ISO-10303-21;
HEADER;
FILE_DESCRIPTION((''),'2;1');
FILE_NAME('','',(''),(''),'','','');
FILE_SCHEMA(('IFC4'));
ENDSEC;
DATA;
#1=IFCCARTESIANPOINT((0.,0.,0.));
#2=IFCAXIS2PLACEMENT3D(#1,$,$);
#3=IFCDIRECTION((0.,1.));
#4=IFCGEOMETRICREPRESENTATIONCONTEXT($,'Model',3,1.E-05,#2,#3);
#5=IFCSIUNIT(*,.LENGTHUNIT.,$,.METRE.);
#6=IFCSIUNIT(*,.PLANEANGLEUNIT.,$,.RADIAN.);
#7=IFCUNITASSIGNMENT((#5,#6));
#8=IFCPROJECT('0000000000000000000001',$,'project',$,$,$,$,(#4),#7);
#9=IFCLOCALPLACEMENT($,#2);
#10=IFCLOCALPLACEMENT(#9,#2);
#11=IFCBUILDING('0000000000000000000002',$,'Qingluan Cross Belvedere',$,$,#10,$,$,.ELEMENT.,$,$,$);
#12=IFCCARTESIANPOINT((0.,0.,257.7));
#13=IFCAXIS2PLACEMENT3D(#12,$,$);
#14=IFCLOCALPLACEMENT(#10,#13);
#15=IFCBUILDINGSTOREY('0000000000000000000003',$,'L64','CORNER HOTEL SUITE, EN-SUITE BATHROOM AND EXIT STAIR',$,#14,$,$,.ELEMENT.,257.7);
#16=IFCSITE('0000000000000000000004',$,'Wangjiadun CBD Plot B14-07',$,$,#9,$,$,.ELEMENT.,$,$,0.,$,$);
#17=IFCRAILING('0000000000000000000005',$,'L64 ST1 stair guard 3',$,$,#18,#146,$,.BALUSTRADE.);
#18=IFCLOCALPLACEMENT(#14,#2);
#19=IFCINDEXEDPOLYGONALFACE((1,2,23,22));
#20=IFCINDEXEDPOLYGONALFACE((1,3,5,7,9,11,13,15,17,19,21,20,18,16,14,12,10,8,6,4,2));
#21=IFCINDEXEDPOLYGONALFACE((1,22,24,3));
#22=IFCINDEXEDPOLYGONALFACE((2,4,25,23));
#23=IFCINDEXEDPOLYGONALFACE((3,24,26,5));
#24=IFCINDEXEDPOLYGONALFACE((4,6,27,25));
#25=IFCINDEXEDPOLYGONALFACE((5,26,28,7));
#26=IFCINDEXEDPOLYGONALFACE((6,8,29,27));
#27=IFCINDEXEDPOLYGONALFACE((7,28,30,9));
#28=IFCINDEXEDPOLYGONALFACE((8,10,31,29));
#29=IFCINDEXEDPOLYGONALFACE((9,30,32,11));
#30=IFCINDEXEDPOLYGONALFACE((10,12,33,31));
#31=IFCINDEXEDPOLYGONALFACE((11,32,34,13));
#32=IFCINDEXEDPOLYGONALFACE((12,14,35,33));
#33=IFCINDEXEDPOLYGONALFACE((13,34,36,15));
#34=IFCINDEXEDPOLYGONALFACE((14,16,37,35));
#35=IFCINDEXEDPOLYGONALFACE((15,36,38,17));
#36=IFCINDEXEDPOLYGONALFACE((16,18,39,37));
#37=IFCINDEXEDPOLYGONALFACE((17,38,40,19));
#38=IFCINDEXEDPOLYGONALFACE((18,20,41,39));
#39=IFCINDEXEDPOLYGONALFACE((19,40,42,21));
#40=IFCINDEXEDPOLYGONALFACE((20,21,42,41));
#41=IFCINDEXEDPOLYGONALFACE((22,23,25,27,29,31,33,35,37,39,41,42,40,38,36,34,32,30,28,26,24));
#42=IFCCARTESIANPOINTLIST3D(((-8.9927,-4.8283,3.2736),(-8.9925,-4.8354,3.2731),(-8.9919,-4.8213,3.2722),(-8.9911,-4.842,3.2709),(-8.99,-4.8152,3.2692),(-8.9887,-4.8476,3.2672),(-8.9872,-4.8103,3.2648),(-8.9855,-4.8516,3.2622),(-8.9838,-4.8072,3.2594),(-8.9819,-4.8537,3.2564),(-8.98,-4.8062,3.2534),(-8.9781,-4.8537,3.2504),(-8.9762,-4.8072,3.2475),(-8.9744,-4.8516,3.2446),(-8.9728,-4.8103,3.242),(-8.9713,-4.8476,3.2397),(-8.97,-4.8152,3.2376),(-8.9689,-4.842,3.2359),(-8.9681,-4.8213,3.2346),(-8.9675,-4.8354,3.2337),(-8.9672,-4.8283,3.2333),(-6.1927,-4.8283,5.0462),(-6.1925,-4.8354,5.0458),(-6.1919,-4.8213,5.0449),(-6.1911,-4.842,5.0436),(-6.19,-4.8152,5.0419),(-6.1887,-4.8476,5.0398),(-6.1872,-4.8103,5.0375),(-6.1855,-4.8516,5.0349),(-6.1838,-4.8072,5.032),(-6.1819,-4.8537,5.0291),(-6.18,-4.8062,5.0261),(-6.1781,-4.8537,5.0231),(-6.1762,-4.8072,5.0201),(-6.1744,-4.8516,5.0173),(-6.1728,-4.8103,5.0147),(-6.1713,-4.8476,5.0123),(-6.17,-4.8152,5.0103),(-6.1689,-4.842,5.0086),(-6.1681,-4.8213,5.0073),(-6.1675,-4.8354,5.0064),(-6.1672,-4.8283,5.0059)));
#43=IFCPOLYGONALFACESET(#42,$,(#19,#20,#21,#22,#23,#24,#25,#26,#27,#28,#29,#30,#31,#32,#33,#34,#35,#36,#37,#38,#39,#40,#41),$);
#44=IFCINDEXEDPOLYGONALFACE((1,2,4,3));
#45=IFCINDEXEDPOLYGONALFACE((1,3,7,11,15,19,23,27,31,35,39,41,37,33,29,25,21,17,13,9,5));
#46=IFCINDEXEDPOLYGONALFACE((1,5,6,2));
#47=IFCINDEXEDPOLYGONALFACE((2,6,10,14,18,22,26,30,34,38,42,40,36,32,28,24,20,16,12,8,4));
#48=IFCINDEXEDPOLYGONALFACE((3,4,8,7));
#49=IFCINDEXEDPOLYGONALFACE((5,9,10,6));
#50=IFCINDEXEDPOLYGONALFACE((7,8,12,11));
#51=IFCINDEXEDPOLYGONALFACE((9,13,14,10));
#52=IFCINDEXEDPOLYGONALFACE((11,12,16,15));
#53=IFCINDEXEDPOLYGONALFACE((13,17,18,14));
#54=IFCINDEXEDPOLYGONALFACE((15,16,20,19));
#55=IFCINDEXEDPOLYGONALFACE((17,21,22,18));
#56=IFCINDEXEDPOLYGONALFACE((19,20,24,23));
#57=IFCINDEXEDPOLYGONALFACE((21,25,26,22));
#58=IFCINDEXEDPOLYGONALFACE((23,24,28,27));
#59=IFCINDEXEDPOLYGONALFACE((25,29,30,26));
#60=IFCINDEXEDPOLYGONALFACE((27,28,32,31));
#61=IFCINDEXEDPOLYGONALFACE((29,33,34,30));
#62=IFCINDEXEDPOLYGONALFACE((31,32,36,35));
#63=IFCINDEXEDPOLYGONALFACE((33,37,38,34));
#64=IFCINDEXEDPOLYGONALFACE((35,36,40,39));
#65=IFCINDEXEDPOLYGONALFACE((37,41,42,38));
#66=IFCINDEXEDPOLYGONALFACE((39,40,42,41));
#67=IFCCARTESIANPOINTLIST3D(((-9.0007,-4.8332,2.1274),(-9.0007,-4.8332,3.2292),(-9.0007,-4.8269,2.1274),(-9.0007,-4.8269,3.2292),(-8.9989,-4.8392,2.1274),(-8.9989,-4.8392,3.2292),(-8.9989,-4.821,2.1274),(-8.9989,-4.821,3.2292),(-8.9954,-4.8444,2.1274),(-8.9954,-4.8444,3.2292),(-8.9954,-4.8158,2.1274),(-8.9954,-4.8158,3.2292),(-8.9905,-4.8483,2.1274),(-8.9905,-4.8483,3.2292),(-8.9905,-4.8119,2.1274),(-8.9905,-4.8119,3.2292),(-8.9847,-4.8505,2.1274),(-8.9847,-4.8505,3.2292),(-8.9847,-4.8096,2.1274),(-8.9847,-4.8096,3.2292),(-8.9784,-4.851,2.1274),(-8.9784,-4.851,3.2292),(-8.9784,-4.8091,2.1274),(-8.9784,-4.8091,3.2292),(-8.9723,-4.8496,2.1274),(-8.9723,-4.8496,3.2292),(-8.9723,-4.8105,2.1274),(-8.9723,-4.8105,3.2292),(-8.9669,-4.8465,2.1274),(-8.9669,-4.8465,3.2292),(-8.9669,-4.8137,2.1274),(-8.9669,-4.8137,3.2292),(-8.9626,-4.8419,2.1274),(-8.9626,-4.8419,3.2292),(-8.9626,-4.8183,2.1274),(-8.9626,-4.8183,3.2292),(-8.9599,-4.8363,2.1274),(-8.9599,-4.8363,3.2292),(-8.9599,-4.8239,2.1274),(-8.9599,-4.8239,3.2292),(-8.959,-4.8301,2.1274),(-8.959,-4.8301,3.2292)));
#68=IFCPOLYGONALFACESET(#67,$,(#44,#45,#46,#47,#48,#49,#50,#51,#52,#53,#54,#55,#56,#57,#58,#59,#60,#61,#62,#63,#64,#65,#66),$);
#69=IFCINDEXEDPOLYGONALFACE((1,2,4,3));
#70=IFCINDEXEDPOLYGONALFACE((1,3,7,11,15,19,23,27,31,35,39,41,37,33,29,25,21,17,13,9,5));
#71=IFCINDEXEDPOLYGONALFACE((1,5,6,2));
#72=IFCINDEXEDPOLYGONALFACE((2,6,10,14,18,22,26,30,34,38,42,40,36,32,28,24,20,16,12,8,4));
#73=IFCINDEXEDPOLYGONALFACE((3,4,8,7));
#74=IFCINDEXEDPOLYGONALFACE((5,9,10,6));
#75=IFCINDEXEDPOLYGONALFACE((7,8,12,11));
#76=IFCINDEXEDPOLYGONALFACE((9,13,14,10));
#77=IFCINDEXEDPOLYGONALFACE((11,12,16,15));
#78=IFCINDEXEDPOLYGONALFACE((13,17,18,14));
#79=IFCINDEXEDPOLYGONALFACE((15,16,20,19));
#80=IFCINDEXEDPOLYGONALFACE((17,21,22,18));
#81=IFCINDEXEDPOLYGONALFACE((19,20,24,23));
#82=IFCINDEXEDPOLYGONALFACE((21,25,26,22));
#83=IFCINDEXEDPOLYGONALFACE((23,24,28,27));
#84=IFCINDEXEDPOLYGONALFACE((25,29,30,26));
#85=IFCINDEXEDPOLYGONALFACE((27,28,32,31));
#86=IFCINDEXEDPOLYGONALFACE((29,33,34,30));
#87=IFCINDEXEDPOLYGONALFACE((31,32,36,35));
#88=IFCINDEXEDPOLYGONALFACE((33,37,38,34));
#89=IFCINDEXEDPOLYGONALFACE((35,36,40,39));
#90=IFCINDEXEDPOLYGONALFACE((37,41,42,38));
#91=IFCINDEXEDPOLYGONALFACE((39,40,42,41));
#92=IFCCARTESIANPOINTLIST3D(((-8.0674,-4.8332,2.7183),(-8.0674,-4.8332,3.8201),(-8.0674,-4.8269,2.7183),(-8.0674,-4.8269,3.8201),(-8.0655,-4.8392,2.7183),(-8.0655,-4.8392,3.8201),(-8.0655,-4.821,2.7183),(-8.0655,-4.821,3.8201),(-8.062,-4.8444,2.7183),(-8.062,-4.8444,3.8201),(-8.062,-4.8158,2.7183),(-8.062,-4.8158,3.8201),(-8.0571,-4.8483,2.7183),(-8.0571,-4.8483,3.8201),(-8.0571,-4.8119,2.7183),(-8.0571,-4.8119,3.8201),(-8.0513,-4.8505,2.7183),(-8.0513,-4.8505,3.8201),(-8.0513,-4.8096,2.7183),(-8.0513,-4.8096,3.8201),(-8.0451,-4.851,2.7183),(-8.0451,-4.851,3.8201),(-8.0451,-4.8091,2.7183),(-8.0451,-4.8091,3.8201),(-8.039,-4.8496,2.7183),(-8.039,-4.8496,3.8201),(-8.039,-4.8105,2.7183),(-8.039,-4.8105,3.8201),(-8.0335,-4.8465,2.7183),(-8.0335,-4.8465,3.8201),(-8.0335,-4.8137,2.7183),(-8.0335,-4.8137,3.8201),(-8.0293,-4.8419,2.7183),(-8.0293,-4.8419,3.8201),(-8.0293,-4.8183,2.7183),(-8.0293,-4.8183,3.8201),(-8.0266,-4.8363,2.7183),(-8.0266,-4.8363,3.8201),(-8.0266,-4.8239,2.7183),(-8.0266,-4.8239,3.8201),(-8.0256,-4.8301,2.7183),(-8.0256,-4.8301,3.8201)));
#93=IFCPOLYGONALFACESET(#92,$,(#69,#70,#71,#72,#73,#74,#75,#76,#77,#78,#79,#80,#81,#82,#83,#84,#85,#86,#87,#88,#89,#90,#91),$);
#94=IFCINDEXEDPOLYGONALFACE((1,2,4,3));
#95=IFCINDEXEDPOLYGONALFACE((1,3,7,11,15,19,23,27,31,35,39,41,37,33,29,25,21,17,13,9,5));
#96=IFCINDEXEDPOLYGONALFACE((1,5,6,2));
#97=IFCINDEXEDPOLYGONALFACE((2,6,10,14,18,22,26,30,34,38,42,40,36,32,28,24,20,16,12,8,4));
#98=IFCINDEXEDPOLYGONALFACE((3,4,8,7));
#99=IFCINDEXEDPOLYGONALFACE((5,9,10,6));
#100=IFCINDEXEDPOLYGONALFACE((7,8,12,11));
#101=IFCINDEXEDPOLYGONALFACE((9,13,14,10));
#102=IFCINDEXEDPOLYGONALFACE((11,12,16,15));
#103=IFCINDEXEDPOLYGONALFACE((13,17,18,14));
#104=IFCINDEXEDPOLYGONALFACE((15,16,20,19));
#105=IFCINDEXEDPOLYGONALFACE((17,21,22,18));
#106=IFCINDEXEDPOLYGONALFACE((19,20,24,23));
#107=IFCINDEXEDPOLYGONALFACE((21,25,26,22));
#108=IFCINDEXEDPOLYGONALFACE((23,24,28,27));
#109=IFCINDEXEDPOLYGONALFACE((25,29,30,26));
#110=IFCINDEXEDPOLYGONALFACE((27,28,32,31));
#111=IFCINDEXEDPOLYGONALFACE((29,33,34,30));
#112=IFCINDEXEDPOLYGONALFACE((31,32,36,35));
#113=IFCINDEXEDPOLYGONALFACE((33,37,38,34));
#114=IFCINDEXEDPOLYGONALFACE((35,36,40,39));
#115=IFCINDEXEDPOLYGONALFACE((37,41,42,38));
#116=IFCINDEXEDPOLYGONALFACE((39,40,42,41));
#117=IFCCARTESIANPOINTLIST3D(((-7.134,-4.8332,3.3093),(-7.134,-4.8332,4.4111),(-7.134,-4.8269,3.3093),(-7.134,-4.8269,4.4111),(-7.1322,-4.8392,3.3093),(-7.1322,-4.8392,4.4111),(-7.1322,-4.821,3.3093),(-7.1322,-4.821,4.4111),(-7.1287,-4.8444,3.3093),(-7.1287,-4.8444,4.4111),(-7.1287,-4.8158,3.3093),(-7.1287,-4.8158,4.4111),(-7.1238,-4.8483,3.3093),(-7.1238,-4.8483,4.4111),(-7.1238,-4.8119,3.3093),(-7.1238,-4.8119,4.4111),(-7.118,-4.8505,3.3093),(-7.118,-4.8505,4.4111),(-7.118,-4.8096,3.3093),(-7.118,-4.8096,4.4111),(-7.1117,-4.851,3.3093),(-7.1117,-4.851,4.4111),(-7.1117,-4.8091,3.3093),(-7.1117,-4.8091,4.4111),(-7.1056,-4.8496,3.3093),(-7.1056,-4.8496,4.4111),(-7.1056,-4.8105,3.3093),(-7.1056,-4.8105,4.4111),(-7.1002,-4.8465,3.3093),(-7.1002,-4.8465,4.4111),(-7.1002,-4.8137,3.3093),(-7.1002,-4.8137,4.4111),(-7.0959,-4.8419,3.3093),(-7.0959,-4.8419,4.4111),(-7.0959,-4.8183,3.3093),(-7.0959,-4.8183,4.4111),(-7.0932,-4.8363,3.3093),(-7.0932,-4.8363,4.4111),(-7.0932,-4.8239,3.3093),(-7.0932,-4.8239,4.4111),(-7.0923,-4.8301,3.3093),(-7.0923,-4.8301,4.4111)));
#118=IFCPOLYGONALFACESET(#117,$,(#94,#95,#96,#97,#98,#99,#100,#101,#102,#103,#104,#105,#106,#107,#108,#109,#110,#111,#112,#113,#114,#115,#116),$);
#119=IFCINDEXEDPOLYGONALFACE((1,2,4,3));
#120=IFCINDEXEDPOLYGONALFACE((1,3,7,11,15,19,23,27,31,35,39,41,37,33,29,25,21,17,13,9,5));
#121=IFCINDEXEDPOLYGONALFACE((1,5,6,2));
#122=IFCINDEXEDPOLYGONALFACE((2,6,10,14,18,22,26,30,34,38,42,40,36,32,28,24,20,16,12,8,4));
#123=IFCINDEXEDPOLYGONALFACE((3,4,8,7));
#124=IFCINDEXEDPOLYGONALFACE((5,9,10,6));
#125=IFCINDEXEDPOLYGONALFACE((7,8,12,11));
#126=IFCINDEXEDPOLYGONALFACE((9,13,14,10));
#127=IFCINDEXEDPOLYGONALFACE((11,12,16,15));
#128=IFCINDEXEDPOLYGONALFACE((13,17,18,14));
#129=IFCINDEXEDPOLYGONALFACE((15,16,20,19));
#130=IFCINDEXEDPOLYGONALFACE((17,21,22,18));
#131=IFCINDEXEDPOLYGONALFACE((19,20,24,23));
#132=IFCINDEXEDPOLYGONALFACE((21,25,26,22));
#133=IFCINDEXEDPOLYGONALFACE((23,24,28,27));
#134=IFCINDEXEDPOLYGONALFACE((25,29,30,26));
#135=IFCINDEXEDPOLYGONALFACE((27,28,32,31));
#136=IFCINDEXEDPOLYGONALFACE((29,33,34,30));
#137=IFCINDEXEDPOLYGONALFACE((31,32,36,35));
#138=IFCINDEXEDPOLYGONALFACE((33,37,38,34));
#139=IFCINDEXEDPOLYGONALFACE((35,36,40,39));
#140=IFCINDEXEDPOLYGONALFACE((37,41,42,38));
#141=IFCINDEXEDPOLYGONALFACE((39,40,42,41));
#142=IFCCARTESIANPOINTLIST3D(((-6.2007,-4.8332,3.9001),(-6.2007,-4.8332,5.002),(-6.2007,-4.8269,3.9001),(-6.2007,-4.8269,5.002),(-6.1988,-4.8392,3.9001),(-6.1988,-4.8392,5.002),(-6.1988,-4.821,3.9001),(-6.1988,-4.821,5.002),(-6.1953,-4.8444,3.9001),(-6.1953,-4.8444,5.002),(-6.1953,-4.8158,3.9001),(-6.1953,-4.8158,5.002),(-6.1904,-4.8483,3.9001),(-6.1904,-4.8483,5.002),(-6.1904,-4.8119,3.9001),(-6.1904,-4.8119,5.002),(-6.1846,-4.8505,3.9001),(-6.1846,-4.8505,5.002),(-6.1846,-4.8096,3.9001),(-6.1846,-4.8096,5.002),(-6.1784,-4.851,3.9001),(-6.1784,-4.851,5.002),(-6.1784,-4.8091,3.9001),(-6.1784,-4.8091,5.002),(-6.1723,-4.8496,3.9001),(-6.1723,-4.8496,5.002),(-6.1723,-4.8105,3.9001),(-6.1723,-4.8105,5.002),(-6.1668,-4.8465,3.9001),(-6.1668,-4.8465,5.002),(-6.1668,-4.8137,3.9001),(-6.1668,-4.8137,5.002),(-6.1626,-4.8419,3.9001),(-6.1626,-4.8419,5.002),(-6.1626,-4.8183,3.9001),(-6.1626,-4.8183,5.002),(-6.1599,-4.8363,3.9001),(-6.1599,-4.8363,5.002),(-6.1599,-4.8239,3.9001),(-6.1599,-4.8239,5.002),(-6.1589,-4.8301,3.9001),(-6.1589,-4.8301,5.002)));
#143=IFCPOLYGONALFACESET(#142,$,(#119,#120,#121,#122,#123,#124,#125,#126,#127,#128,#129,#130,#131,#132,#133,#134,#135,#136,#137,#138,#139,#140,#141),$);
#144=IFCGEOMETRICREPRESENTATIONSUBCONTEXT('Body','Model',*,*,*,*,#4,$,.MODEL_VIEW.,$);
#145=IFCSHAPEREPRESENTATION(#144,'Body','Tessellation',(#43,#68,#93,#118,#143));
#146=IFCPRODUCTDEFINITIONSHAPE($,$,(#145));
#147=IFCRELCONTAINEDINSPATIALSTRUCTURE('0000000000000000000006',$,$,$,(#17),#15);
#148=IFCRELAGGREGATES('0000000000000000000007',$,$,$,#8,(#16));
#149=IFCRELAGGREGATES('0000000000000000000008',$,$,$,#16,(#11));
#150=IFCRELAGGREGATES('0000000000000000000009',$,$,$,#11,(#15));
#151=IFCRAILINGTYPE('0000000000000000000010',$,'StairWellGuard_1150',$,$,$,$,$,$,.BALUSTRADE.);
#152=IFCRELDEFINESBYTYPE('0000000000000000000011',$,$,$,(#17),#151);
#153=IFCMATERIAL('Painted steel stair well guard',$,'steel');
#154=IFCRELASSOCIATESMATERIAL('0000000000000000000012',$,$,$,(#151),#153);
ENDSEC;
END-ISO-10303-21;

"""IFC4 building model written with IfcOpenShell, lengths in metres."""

from ifc_helpers import new_model, si_unit, direction, frame, origin, origin_2d, place, context, subcontext, project, spatial, circle, extrude, material, type_object, element, save


model = new_model("IFC4")

# Units and contexts
model_context = context("Model", 3, precision=1e-05, world=origin(), true_north=direction((0.0, 1.0)))
body_context = subcontext(model_context, "Body", "Model", "MODEL_VIEW")
ifc_project = project(units=[si_unit("LENGTHUNIT", "METRE"), si_unit("PLANEANGLEUNIT", "RADIAN")], contexts=[model_context])

# Site, building, storey
site_placement = place(None, origin())
site = spatial("IfcSite", under=ifc_project, at=site_placement, Name="Wangjiadun CBD Plot B14-07", CompositionType="ELEMENT", RefElevation=0.0)
building_placement = place(site_placement, origin())
building = spatial("IfcBuilding", under=site, at=building_placement, Name="Qingluan Cross Belvedere", CompositionType="ELEMENT")
storey_placement = place(building_placement, frame((0.0, 0.0, 257.7)))
storey = spatial("IfcBuildingStorey", under=building, at=storey_placement, Name="L64", Description="CORNER HOTEL SUITE, EN-SUITE BATHROOM AND EXIT STAIR", CompositionType="ELEMENT", Elevation=257.7)

# Railing
ifc_material_1 = material(Name="Painted steel stair well guard", Category="steel")
railing_type_1 = type_object("IfcRailingType", Name="StairWellGuard_1150", PredefinedType="BALUSTRADE", material=ifc_material_1)
railing_1_placement = place(storey_placement, frame((-8.98, -4.8301, 2.1274)))
element("IfcRailing", 1, at=railing_1_placement, inside=storey, type_object=railing_type_1, Name="L64 ST1 stair guard 3", PredefinedType="BALUSTRADE", context=body_context, shape_type="SweptSolid", body=[
    extrude(circle(Radius=0.0239, at=origin_2d()), frame((0.0, 0.0, 1.126), z_axis=(0.844909, 0.0, 0.53491), x_axis=(0.0, 1.0, 0.0)), (0.0, 0.0, 1.0), 3.314),
    extrude(circle(Radius=0.021, at=origin_2d()), origin(), (0.0, 0.0, 1.0), 1.1018),
    extrude(circle(Radius=0.021, at=origin_2d()), frame((0.9333, 0.0, 0.5908)), (0.0, 0.0, 1.0), 1.1018),
    extrude(circle(Radius=0.021, at=origin_2d()), frame((1.8667, 0.0, 1.1819)), (0.0, 0.0, 1.0), 1.1018),
    extrude(circle(Radius=0.021, at=origin_2d()), frame((2.8, 0.0, 1.7727)), (0.0, 0.0, 1.0), 1.1018),
])

save(model, "model.ifc")
